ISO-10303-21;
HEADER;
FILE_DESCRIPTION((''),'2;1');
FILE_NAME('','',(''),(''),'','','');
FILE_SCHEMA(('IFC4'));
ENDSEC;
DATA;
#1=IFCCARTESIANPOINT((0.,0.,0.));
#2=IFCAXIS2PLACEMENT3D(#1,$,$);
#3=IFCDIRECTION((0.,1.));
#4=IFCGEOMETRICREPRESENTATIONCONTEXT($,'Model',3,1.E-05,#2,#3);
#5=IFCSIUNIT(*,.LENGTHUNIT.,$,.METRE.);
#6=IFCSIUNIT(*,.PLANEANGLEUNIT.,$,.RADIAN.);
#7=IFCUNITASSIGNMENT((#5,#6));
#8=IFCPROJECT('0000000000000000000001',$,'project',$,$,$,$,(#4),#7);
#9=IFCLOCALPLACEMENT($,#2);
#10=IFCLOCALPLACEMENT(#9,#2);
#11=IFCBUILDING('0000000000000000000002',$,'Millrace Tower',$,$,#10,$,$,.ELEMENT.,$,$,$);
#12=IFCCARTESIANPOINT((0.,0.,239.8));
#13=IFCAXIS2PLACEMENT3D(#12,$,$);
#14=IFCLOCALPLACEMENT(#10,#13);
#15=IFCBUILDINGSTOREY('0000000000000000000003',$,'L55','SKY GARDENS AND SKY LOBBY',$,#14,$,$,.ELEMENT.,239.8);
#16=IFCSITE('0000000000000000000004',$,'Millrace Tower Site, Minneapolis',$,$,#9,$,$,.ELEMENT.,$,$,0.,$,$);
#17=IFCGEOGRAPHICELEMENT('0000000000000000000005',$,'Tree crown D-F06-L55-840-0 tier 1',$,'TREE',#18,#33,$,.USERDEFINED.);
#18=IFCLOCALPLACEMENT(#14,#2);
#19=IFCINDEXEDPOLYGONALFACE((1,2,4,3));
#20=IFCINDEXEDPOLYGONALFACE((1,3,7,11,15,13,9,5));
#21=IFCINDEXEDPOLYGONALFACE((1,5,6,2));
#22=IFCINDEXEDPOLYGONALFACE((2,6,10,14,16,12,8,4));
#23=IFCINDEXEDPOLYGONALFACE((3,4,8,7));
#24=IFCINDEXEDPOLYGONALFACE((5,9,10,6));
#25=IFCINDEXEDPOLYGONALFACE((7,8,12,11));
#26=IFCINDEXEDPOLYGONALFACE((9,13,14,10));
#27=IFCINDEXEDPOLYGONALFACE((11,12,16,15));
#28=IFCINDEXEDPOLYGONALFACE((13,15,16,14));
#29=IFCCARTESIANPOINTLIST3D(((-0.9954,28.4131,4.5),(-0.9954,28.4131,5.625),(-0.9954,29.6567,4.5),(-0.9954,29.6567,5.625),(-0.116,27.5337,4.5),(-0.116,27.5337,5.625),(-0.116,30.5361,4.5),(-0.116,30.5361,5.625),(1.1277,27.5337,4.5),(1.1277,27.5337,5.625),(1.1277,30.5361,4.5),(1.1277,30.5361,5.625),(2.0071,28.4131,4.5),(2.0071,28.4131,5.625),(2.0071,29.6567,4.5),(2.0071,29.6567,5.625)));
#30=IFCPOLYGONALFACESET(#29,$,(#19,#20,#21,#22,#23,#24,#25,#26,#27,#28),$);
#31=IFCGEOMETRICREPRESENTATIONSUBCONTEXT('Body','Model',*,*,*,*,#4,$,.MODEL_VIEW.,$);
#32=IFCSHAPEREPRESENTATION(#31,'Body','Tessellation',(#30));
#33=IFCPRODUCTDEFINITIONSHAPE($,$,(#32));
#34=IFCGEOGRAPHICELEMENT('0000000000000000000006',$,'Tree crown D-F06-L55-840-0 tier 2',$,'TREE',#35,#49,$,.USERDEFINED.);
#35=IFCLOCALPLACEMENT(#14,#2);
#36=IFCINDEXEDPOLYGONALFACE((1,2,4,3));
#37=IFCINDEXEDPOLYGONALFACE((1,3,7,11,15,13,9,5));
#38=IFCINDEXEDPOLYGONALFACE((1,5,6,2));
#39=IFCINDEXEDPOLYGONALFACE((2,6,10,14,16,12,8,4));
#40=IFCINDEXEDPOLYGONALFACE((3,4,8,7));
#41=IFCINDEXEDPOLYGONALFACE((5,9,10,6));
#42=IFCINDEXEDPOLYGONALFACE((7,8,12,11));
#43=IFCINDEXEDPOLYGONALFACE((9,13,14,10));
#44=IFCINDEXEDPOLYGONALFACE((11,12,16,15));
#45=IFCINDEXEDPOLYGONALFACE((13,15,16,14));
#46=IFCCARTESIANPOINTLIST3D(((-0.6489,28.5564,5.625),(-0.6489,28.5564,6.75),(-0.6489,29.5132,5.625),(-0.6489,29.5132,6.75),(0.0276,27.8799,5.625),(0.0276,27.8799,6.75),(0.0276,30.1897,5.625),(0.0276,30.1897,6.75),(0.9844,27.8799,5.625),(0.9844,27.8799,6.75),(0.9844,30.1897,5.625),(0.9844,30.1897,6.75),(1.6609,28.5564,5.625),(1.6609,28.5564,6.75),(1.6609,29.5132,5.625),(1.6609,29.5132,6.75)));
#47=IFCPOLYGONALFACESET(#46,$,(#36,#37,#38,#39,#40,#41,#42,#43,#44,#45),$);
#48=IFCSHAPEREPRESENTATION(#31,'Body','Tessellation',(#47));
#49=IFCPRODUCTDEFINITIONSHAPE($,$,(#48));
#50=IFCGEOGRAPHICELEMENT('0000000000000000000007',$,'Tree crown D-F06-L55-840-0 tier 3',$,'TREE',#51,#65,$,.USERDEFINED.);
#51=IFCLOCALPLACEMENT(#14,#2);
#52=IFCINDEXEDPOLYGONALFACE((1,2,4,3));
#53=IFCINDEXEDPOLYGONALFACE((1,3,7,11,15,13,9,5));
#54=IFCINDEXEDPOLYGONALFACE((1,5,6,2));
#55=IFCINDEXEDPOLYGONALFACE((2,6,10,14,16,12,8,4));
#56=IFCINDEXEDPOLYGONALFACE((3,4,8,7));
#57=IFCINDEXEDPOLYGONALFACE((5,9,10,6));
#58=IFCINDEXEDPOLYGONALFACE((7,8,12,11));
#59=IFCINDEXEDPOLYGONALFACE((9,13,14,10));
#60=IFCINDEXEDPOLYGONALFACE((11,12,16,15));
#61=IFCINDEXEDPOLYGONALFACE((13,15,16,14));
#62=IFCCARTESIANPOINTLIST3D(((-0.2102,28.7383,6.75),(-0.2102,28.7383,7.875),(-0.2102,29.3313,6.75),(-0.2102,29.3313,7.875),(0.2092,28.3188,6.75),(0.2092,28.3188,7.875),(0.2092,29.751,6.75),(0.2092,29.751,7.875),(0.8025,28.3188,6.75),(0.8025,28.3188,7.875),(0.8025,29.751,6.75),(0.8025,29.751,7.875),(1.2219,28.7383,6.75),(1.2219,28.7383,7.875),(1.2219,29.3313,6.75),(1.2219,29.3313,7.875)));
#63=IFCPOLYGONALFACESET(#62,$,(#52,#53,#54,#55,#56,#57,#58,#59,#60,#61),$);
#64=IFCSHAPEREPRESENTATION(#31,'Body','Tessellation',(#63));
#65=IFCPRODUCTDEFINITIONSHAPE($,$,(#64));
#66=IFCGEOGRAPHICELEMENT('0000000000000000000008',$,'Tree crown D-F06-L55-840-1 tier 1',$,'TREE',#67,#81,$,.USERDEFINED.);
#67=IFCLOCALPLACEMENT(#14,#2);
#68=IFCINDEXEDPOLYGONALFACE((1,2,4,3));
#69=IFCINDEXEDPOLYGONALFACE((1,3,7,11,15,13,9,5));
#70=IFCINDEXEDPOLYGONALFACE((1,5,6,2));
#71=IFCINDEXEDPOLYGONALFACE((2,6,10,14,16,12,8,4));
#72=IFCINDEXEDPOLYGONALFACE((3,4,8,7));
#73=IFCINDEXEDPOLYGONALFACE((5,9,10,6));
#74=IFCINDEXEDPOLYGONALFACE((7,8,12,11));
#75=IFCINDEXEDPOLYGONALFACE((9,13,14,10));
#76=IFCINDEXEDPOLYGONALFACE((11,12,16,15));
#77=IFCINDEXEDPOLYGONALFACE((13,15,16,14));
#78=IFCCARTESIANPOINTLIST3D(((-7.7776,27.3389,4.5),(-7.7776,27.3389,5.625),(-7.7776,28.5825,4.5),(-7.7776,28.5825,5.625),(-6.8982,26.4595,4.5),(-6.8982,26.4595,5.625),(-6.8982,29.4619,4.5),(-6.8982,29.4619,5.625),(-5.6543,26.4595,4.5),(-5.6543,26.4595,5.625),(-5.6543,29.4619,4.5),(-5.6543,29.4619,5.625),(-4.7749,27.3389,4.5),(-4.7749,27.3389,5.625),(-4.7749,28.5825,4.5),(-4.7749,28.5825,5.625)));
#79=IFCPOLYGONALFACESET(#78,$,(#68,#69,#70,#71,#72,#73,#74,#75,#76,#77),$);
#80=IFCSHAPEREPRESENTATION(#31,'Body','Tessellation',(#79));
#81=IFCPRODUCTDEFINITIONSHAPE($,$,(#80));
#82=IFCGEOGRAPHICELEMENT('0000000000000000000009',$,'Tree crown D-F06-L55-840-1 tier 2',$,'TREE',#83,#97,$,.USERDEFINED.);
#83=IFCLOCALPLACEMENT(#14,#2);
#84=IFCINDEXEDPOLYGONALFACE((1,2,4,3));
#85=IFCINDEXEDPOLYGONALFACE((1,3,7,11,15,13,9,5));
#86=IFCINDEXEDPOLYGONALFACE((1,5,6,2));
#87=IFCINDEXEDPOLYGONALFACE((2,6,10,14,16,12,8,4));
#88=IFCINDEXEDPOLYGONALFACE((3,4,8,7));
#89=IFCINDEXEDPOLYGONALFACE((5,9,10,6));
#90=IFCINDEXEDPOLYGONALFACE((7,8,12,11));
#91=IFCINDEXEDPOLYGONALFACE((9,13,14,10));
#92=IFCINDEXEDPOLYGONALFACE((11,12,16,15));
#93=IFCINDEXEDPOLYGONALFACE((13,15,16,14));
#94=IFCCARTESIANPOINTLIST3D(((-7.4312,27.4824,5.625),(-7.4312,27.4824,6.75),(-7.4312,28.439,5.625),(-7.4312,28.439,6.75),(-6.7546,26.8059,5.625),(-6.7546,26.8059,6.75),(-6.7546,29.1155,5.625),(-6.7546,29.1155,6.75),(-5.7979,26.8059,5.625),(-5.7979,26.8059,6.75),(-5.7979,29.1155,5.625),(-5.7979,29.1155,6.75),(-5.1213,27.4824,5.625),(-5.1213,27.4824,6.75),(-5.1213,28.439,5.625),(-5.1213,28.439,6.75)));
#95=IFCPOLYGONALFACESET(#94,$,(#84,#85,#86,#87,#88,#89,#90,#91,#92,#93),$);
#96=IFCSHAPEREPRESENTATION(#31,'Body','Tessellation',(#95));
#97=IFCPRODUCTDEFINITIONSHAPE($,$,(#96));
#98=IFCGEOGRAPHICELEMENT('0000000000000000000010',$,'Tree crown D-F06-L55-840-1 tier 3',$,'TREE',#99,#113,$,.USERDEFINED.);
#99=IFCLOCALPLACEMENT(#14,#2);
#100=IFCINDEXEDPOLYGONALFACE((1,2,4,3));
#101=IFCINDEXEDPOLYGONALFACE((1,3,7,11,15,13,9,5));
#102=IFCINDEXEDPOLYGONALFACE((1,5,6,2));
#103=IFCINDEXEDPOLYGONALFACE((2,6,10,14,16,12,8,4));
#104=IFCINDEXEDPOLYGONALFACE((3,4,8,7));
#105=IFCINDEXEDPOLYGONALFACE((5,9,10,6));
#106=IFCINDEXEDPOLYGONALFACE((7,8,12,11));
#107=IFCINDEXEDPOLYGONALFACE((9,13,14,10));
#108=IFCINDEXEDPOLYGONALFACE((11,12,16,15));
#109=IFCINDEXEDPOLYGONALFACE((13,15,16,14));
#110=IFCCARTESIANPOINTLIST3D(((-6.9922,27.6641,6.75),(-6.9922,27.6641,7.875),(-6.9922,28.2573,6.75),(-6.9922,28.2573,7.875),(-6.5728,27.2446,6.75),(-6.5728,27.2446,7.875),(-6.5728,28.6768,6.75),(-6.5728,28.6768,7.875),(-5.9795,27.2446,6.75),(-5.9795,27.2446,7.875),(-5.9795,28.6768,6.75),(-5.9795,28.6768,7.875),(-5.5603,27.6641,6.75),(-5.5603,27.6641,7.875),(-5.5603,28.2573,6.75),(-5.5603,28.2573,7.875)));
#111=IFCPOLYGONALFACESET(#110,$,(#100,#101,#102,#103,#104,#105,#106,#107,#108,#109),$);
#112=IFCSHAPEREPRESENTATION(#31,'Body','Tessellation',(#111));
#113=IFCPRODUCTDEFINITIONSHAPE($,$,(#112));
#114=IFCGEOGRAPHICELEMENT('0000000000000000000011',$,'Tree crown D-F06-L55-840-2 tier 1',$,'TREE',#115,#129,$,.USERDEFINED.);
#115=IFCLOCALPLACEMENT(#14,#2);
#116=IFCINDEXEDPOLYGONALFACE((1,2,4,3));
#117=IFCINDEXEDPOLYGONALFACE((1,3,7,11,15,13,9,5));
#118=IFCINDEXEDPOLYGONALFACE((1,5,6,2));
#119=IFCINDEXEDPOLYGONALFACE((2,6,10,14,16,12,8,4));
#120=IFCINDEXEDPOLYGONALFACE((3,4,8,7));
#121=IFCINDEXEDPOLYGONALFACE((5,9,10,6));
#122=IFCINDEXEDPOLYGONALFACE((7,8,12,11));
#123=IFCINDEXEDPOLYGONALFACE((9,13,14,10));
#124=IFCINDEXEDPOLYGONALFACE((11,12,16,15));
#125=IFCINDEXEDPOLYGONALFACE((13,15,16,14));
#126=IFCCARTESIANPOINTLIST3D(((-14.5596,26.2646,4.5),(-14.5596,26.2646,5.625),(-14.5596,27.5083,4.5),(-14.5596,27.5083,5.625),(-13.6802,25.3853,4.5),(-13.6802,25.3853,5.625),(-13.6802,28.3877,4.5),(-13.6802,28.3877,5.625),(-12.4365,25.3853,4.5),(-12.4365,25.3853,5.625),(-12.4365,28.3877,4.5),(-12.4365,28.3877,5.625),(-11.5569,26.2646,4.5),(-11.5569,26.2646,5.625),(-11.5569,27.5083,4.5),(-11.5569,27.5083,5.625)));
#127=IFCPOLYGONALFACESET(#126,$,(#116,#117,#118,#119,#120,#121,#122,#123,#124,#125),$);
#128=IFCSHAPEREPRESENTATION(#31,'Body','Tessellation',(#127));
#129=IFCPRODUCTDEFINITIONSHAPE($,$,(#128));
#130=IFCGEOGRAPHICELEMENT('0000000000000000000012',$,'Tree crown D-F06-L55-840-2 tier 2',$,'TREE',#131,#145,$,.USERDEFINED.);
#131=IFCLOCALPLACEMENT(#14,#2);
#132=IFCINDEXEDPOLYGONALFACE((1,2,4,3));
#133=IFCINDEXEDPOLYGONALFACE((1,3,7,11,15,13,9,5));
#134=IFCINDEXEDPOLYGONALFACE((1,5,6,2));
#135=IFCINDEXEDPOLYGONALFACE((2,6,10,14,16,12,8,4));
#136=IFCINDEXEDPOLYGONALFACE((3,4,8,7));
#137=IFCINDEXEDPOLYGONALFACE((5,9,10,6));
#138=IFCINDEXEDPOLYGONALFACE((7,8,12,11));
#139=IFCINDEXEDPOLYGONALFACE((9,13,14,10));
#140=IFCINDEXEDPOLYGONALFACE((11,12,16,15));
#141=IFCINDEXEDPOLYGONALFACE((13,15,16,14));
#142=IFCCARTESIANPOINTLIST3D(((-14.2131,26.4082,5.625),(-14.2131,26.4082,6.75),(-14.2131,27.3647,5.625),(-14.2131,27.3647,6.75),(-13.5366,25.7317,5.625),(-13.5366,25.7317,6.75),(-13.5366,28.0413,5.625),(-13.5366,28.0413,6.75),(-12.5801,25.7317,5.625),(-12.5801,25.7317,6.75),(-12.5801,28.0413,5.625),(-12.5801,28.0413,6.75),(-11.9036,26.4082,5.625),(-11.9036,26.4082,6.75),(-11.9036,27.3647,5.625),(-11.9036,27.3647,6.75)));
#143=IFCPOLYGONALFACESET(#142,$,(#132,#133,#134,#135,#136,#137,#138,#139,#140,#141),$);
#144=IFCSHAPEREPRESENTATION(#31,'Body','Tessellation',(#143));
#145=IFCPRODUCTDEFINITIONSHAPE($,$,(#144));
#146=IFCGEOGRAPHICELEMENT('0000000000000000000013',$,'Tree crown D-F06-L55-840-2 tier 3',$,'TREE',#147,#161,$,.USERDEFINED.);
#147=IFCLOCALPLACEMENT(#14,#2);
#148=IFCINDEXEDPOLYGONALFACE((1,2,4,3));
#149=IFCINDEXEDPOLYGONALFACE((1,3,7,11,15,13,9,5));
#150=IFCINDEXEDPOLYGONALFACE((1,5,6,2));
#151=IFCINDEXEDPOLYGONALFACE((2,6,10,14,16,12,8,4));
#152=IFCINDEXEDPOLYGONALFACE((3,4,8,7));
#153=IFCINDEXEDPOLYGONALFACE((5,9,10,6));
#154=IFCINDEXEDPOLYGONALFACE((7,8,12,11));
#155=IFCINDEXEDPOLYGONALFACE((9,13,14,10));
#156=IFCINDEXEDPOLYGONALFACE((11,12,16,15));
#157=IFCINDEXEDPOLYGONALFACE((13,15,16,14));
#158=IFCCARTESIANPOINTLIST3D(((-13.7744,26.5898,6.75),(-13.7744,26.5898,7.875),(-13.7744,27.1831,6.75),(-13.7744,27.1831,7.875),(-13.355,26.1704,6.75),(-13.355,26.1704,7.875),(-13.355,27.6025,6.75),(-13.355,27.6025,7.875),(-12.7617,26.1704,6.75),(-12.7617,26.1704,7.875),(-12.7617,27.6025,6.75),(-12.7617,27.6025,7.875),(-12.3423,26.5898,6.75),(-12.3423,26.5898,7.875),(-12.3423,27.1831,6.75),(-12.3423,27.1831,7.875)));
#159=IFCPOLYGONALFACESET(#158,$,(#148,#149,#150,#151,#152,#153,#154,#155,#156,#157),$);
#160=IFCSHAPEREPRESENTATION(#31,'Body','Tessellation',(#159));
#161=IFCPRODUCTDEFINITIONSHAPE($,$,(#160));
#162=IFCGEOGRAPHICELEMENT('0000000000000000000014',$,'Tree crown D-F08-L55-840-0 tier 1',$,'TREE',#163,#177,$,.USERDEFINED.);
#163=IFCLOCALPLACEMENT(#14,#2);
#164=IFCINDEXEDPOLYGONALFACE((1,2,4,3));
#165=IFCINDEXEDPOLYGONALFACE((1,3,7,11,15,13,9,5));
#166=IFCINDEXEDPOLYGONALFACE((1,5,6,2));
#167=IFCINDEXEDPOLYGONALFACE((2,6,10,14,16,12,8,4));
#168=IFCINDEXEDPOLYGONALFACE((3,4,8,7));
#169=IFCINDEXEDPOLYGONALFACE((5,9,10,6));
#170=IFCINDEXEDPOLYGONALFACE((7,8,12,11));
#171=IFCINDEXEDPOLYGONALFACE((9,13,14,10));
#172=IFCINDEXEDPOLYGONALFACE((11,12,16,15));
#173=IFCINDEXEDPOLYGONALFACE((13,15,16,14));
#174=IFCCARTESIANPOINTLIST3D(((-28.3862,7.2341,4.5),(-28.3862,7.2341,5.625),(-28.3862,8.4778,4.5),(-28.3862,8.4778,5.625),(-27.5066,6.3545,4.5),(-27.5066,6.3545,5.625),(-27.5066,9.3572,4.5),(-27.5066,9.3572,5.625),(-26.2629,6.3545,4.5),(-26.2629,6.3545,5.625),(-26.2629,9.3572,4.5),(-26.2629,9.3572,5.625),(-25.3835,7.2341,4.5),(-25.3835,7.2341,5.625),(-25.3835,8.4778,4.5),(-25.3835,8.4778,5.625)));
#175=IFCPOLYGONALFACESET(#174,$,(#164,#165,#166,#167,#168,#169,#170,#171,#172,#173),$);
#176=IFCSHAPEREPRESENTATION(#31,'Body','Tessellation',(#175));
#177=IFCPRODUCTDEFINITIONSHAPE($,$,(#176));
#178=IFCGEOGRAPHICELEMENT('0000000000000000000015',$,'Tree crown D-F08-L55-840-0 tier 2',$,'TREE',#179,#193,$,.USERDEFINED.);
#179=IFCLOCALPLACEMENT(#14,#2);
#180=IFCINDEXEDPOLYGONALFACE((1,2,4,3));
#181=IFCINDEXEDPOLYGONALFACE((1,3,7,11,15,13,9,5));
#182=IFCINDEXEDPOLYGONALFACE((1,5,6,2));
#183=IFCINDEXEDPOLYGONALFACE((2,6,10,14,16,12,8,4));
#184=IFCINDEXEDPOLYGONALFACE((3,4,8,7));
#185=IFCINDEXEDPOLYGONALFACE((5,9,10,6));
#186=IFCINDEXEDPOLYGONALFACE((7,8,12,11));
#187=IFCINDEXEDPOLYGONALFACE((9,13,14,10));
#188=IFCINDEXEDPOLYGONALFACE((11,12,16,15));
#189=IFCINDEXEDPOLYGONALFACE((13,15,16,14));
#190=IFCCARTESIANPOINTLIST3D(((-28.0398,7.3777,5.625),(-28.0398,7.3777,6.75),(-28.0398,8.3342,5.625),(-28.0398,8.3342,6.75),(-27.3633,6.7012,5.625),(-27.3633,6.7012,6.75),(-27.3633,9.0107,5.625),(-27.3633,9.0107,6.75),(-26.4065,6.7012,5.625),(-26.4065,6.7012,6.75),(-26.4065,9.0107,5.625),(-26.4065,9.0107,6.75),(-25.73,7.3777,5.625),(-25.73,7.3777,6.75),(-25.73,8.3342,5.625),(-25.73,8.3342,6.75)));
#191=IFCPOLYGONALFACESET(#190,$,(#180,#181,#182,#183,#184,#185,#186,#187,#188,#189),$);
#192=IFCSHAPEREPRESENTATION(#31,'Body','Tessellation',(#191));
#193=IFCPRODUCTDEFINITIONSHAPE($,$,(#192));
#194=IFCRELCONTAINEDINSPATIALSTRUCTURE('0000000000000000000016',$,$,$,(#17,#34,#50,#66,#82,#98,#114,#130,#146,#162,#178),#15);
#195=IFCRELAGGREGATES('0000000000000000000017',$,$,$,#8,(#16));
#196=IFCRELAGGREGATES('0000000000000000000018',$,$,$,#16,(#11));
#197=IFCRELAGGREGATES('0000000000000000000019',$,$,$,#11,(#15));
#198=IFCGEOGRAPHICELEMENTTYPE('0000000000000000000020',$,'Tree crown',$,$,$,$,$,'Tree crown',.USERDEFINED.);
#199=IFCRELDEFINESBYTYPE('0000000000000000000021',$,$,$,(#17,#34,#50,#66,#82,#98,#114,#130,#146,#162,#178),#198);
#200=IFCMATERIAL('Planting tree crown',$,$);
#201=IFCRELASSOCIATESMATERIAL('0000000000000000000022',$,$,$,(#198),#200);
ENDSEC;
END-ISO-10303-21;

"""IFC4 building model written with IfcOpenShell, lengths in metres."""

from ifc_helpers import new_model, si_unit, direction, frame, origin, place, context, subcontext, project, spatial, polyline, outline, extrude, material, type_object, element, save


model = new_model("IFC4")

# Units and contexts
model_context = context("Model", 3, precision=1e-05, world=origin(), true_north=direction((0.0, 1.0)))
body_context = subcontext(model_context, "Body", "Model", "MODEL_VIEW")
ifc_project = project(units=[si_unit("LENGTHUNIT", "METRE"), si_unit("PLANEANGLEUNIT", "RADIAN")], contexts=[model_context])

# Site, building, storey
site_placement = place(None, origin())
site = spatial("IfcSite", under=ifc_project, at=site_placement, Name="Millrace Tower Site, Minneapolis", CompositionType="ELEMENT", RefElevation=0.0)
building_placement = place(site_placement, origin())
building = spatial("IfcBuilding", under=site, at=building_placement, Name="Millrace Tower", CompositionType="ELEMENT")
storey_placement = place(building_placement, frame((0.0, 0.0, 239.8)))
storey = spatial("IfcBuildingStorey", under=building, at=storey_placement, Name="L55", Description="SKY GARDENS AND SKY LOBBY", CompositionType="ELEMENT", Elevation=239.8)

# Geographic elements
ifc_material_1 = material(Name="Planting tree crown")
geographic_element_type = type_object("IfcGeographicElementType", Name="Tree crown", ElementType="Tree crown", PredefinedType="USERDEFINED", material=ifc_material_1)
placement_1 = place(storey_placement, frame((0.0, 0.0, 4.5)))
element("IfcGeographicElement", 1, at=placement_1, inside=storey, type_object=geographic_element_type, Name="Tree crown D-F06-L55-840-0 tier 1", ObjectType="TREE", PredefinedType="USERDEFINED", context=body_context, shape_type="SweptSolid", body=[
    extrude(outline(polyline([(2.0071, 29.6567), (1.1277, 30.5361), (-0.116, 30.5361), (-0.9954, 29.6567), (-0.9954, 28.4131), (-0.116, 27.5337), (1.1277, 27.5337), (2.0071, 28.4131), (2.0071, 29.6567)])), origin(), (0.0, 0.0, 1.0), 1.125),
])
placement_2 = place(storey_placement, frame((0.0, 0.0, 5.625)))
element("IfcGeographicElement", 2, at=placement_2, inside=storey, type_object=geographic_element_type, Name="Tree crown D-F06-L55-840-0 tier 2", ObjectType="TREE", PredefinedType="USERDEFINED", context=body_context, shape_type="SweptSolid", body=[
    extrude(outline(polyline([(1.6609, 29.5132), (0.9844, 30.1897), (0.0276, 30.1897), (-0.6489, 29.5132), (-0.6489, 28.5564), (0.0276, 27.8799), (0.9844, 27.8799), (1.6609, 28.5564), (1.6609, 29.5132)])), origin(), (0.0, 0.0, 1.0), 1.125),
])
placement_3 = place(storey_placement, frame((0.0, 0.0, 6.75)))
element("IfcGeographicElement", 3, at=placement_3, inside=storey, type_object=geographic_element_type, Name="Tree crown D-F06-L55-840-0 tier 3", ObjectType="TREE", PredefinedType="USERDEFINED", context=body_context, shape_type="SweptSolid", body=[
    extrude(outline(polyline([(1.2219, 29.3313), (0.8025, 29.751), (0.2092, 29.751), (-0.2102, 29.3313), (-0.2102, 28.7383), (0.2092, 28.3188), (0.8025, 28.3188), (1.2219, 28.7383), (1.2219, 29.3313)])), origin(), (0.0, 0.0, 1.0), 1.125),
])
element("IfcGeographicElement", 4, at=placement_1, inside=storey, type_object=geographic_element_type, Name="Tree crown D-F06-L55-840-1 tier 1", ObjectType="TREE", PredefinedType="USERDEFINED", context=body_context, shape_type="SweptSolid", body=[
    extrude(outline(polyline([(-4.7749, 28.5825), (-5.6543, 29.4619), (-6.8982, 29.4619), (-7.7776, 28.5825), (-7.7776, 27.3389), (-6.8982, 26.4595), (-5.6543, 26.4595), (-4.7749, 27.3389), (-4.7749, 28.5825)])), origin(), (0.0, 0.0, 1.0), 1.125),
])
element("IfcGeographicElement", 5, at=placement_2, inside=storey, type_object=geographic_element_type, Name="Tree crown D-F06-L55-840-1 tier 2", ObjectType="TREE", PredefinedType="USERDEFINED", context=body_context, shape_type="SweptSolid", body=[
    extrude(outline(polyline([(-5.1213, 28.439), (-5.7979, 29.1155), (-6.7546, 29.1155), (-7.4312, 28.439), (-7.4312, 27.4824), (-6.7546, 26.8059), (-5.7979, 26.8059), (-5.1213, 27.4824), (-5.1213, 28.439)])), origin(), (0.0, 0.0, 1.0), 1.125),
])
element("IfcGeographicElement", 6, at=placement_3, inside=storey, type_object=geographic_element_type, Name="Tree crown D-F06-L55-840-1 tier 3", ObjectType="TREE", PredefinedType="USERDEFINED", context=body_context, shape_type="SweptSolid", body=[
    extrude(outline(polyline([(-5.5603, 28.2573), (-5.9795, 28.6768), (-6.5728, 28.6768), (-6.9922, 28.2573), (-6.9922, 27.6641), (-6.5728, 27.2446), (-5.9795, 27.2446), (-5.5603, 27.6641), (-5.5603, 28.2573)])), origin(), (0.0, 0.0, 1.0), 1.125),
])
element("IfcGeographicElement", 7, at=placement_1, inside=storey, type_object=geographic_element_type, Name="Tree crown D-F06-L55-840-2 tier 1", ObjectType="TREE", PredefinedType="USERDEFINED", context=body_context, shape_type="SweptSolid", body=[
    extrude(outline(polyline([(-11.5569, 27.5083), (-12.4365, 28.3877), (-13.6802, 28.3877), (-14.5596, 27.5083), (-14.5596, 26.2646), (-13.6802, 25.3853), (-12.4365, 25.3853), (-11.5569, 26.2646), (-11.5569, 27.5083)])), origin(), (0.0, 0.0, 1.0), 1.125),
])
element("IfcGeographicElement", 8, at=placement_2, inside=storey, type_object=geographic_element_type, Name="Tree crown D-F06-L55-840-2 tier 2", ObjectType="TREE", PredefinedType="USERDEFINED", context=body_context, shape_type="SweptSolid", body=[
    extrude(outline(polyline([(-11.9036, 27.3647), (-12.5801, 28.0413), (-13.5366, 28.0413), (-14.2131, 27.3647), (-14.2131, 26.4082), (-13.5366, 25.7317), (-12.5801, 25.7317), (-11.9036, 26.4082), (-11.9036, 27.3647)])), origin(), (0.0, 0.0, 1.0), 1.125),
])
element("IfcGeographicElement", 9, at=placement_3, inside=storey, type_object=geographic_element_type, Name="Tree crown D-F06-L55-840-2 tier 3", ObjectType="TREE", PredefinedType="USERDEFINED", context=body_context, shape_type="SweptSolid", body=[
    extrude(outline(polyline([(-12.3423, 27.1831), (-12.7617, 27.6025), (-13.355, 27.6025), (-13.7744, 27.1831), (-13.7744, 26.5898), (-13.355, 26.1704), (-12.7617, 26.1704), (-12.3423, 26.5898), (-12.3423, 27.1831)])), origin(), (0.0, 0.0, 1.0), 1.125),
])
element("IfcGeographicElement", 10, at=placement_1, inside=storey, type_object=geographic_element_type, Name="Tree crown D-F08-L55-840-0 tier 1", ObjectType="TREE", PredefinedType="USERDEFINED", context=body_context, shape_type="SweptSolid", body=[
    extrude(outline(polyline([(-25.3835, 8.4778), (-26.2629, 9.3572), (-27.5066, 9.3572), (-28.3862, 8.4778), (-28.3862, 7.2341), (-27.5066, 6.3545), (-26.2629, 6.3545), (-25.3835, 7.2341), (-25.3835, 8.4778)])), origin(), (0.0, 0.0, 1.0), 1.125),
])
element("IfcGeographicElement", 11, at=placement_2, inside=storey, type_object=geographic_element_type, Name="Tree crown D-F08-L55-840-0 tier 2", ObjectType="TREE", PredefinedType="USERDEFINED", context=body_context, shape_type="SweptSolid", body=[
    extrude(outline(polyline([(-25.73, 8.3342), (-26.4065, 9.0107), (-27.3633, 9.0107), (-28.0398, 8.3342), (-28.0398, 7.3777), (-27.3633, 6.7012), (-26.4065, 6.7012), (-25.73, 7.3777), (-25.73, 8.3342)])), origin(), (0.0, 0.0, 1.0), 1.125),
])

save(model, "model.ifc")
